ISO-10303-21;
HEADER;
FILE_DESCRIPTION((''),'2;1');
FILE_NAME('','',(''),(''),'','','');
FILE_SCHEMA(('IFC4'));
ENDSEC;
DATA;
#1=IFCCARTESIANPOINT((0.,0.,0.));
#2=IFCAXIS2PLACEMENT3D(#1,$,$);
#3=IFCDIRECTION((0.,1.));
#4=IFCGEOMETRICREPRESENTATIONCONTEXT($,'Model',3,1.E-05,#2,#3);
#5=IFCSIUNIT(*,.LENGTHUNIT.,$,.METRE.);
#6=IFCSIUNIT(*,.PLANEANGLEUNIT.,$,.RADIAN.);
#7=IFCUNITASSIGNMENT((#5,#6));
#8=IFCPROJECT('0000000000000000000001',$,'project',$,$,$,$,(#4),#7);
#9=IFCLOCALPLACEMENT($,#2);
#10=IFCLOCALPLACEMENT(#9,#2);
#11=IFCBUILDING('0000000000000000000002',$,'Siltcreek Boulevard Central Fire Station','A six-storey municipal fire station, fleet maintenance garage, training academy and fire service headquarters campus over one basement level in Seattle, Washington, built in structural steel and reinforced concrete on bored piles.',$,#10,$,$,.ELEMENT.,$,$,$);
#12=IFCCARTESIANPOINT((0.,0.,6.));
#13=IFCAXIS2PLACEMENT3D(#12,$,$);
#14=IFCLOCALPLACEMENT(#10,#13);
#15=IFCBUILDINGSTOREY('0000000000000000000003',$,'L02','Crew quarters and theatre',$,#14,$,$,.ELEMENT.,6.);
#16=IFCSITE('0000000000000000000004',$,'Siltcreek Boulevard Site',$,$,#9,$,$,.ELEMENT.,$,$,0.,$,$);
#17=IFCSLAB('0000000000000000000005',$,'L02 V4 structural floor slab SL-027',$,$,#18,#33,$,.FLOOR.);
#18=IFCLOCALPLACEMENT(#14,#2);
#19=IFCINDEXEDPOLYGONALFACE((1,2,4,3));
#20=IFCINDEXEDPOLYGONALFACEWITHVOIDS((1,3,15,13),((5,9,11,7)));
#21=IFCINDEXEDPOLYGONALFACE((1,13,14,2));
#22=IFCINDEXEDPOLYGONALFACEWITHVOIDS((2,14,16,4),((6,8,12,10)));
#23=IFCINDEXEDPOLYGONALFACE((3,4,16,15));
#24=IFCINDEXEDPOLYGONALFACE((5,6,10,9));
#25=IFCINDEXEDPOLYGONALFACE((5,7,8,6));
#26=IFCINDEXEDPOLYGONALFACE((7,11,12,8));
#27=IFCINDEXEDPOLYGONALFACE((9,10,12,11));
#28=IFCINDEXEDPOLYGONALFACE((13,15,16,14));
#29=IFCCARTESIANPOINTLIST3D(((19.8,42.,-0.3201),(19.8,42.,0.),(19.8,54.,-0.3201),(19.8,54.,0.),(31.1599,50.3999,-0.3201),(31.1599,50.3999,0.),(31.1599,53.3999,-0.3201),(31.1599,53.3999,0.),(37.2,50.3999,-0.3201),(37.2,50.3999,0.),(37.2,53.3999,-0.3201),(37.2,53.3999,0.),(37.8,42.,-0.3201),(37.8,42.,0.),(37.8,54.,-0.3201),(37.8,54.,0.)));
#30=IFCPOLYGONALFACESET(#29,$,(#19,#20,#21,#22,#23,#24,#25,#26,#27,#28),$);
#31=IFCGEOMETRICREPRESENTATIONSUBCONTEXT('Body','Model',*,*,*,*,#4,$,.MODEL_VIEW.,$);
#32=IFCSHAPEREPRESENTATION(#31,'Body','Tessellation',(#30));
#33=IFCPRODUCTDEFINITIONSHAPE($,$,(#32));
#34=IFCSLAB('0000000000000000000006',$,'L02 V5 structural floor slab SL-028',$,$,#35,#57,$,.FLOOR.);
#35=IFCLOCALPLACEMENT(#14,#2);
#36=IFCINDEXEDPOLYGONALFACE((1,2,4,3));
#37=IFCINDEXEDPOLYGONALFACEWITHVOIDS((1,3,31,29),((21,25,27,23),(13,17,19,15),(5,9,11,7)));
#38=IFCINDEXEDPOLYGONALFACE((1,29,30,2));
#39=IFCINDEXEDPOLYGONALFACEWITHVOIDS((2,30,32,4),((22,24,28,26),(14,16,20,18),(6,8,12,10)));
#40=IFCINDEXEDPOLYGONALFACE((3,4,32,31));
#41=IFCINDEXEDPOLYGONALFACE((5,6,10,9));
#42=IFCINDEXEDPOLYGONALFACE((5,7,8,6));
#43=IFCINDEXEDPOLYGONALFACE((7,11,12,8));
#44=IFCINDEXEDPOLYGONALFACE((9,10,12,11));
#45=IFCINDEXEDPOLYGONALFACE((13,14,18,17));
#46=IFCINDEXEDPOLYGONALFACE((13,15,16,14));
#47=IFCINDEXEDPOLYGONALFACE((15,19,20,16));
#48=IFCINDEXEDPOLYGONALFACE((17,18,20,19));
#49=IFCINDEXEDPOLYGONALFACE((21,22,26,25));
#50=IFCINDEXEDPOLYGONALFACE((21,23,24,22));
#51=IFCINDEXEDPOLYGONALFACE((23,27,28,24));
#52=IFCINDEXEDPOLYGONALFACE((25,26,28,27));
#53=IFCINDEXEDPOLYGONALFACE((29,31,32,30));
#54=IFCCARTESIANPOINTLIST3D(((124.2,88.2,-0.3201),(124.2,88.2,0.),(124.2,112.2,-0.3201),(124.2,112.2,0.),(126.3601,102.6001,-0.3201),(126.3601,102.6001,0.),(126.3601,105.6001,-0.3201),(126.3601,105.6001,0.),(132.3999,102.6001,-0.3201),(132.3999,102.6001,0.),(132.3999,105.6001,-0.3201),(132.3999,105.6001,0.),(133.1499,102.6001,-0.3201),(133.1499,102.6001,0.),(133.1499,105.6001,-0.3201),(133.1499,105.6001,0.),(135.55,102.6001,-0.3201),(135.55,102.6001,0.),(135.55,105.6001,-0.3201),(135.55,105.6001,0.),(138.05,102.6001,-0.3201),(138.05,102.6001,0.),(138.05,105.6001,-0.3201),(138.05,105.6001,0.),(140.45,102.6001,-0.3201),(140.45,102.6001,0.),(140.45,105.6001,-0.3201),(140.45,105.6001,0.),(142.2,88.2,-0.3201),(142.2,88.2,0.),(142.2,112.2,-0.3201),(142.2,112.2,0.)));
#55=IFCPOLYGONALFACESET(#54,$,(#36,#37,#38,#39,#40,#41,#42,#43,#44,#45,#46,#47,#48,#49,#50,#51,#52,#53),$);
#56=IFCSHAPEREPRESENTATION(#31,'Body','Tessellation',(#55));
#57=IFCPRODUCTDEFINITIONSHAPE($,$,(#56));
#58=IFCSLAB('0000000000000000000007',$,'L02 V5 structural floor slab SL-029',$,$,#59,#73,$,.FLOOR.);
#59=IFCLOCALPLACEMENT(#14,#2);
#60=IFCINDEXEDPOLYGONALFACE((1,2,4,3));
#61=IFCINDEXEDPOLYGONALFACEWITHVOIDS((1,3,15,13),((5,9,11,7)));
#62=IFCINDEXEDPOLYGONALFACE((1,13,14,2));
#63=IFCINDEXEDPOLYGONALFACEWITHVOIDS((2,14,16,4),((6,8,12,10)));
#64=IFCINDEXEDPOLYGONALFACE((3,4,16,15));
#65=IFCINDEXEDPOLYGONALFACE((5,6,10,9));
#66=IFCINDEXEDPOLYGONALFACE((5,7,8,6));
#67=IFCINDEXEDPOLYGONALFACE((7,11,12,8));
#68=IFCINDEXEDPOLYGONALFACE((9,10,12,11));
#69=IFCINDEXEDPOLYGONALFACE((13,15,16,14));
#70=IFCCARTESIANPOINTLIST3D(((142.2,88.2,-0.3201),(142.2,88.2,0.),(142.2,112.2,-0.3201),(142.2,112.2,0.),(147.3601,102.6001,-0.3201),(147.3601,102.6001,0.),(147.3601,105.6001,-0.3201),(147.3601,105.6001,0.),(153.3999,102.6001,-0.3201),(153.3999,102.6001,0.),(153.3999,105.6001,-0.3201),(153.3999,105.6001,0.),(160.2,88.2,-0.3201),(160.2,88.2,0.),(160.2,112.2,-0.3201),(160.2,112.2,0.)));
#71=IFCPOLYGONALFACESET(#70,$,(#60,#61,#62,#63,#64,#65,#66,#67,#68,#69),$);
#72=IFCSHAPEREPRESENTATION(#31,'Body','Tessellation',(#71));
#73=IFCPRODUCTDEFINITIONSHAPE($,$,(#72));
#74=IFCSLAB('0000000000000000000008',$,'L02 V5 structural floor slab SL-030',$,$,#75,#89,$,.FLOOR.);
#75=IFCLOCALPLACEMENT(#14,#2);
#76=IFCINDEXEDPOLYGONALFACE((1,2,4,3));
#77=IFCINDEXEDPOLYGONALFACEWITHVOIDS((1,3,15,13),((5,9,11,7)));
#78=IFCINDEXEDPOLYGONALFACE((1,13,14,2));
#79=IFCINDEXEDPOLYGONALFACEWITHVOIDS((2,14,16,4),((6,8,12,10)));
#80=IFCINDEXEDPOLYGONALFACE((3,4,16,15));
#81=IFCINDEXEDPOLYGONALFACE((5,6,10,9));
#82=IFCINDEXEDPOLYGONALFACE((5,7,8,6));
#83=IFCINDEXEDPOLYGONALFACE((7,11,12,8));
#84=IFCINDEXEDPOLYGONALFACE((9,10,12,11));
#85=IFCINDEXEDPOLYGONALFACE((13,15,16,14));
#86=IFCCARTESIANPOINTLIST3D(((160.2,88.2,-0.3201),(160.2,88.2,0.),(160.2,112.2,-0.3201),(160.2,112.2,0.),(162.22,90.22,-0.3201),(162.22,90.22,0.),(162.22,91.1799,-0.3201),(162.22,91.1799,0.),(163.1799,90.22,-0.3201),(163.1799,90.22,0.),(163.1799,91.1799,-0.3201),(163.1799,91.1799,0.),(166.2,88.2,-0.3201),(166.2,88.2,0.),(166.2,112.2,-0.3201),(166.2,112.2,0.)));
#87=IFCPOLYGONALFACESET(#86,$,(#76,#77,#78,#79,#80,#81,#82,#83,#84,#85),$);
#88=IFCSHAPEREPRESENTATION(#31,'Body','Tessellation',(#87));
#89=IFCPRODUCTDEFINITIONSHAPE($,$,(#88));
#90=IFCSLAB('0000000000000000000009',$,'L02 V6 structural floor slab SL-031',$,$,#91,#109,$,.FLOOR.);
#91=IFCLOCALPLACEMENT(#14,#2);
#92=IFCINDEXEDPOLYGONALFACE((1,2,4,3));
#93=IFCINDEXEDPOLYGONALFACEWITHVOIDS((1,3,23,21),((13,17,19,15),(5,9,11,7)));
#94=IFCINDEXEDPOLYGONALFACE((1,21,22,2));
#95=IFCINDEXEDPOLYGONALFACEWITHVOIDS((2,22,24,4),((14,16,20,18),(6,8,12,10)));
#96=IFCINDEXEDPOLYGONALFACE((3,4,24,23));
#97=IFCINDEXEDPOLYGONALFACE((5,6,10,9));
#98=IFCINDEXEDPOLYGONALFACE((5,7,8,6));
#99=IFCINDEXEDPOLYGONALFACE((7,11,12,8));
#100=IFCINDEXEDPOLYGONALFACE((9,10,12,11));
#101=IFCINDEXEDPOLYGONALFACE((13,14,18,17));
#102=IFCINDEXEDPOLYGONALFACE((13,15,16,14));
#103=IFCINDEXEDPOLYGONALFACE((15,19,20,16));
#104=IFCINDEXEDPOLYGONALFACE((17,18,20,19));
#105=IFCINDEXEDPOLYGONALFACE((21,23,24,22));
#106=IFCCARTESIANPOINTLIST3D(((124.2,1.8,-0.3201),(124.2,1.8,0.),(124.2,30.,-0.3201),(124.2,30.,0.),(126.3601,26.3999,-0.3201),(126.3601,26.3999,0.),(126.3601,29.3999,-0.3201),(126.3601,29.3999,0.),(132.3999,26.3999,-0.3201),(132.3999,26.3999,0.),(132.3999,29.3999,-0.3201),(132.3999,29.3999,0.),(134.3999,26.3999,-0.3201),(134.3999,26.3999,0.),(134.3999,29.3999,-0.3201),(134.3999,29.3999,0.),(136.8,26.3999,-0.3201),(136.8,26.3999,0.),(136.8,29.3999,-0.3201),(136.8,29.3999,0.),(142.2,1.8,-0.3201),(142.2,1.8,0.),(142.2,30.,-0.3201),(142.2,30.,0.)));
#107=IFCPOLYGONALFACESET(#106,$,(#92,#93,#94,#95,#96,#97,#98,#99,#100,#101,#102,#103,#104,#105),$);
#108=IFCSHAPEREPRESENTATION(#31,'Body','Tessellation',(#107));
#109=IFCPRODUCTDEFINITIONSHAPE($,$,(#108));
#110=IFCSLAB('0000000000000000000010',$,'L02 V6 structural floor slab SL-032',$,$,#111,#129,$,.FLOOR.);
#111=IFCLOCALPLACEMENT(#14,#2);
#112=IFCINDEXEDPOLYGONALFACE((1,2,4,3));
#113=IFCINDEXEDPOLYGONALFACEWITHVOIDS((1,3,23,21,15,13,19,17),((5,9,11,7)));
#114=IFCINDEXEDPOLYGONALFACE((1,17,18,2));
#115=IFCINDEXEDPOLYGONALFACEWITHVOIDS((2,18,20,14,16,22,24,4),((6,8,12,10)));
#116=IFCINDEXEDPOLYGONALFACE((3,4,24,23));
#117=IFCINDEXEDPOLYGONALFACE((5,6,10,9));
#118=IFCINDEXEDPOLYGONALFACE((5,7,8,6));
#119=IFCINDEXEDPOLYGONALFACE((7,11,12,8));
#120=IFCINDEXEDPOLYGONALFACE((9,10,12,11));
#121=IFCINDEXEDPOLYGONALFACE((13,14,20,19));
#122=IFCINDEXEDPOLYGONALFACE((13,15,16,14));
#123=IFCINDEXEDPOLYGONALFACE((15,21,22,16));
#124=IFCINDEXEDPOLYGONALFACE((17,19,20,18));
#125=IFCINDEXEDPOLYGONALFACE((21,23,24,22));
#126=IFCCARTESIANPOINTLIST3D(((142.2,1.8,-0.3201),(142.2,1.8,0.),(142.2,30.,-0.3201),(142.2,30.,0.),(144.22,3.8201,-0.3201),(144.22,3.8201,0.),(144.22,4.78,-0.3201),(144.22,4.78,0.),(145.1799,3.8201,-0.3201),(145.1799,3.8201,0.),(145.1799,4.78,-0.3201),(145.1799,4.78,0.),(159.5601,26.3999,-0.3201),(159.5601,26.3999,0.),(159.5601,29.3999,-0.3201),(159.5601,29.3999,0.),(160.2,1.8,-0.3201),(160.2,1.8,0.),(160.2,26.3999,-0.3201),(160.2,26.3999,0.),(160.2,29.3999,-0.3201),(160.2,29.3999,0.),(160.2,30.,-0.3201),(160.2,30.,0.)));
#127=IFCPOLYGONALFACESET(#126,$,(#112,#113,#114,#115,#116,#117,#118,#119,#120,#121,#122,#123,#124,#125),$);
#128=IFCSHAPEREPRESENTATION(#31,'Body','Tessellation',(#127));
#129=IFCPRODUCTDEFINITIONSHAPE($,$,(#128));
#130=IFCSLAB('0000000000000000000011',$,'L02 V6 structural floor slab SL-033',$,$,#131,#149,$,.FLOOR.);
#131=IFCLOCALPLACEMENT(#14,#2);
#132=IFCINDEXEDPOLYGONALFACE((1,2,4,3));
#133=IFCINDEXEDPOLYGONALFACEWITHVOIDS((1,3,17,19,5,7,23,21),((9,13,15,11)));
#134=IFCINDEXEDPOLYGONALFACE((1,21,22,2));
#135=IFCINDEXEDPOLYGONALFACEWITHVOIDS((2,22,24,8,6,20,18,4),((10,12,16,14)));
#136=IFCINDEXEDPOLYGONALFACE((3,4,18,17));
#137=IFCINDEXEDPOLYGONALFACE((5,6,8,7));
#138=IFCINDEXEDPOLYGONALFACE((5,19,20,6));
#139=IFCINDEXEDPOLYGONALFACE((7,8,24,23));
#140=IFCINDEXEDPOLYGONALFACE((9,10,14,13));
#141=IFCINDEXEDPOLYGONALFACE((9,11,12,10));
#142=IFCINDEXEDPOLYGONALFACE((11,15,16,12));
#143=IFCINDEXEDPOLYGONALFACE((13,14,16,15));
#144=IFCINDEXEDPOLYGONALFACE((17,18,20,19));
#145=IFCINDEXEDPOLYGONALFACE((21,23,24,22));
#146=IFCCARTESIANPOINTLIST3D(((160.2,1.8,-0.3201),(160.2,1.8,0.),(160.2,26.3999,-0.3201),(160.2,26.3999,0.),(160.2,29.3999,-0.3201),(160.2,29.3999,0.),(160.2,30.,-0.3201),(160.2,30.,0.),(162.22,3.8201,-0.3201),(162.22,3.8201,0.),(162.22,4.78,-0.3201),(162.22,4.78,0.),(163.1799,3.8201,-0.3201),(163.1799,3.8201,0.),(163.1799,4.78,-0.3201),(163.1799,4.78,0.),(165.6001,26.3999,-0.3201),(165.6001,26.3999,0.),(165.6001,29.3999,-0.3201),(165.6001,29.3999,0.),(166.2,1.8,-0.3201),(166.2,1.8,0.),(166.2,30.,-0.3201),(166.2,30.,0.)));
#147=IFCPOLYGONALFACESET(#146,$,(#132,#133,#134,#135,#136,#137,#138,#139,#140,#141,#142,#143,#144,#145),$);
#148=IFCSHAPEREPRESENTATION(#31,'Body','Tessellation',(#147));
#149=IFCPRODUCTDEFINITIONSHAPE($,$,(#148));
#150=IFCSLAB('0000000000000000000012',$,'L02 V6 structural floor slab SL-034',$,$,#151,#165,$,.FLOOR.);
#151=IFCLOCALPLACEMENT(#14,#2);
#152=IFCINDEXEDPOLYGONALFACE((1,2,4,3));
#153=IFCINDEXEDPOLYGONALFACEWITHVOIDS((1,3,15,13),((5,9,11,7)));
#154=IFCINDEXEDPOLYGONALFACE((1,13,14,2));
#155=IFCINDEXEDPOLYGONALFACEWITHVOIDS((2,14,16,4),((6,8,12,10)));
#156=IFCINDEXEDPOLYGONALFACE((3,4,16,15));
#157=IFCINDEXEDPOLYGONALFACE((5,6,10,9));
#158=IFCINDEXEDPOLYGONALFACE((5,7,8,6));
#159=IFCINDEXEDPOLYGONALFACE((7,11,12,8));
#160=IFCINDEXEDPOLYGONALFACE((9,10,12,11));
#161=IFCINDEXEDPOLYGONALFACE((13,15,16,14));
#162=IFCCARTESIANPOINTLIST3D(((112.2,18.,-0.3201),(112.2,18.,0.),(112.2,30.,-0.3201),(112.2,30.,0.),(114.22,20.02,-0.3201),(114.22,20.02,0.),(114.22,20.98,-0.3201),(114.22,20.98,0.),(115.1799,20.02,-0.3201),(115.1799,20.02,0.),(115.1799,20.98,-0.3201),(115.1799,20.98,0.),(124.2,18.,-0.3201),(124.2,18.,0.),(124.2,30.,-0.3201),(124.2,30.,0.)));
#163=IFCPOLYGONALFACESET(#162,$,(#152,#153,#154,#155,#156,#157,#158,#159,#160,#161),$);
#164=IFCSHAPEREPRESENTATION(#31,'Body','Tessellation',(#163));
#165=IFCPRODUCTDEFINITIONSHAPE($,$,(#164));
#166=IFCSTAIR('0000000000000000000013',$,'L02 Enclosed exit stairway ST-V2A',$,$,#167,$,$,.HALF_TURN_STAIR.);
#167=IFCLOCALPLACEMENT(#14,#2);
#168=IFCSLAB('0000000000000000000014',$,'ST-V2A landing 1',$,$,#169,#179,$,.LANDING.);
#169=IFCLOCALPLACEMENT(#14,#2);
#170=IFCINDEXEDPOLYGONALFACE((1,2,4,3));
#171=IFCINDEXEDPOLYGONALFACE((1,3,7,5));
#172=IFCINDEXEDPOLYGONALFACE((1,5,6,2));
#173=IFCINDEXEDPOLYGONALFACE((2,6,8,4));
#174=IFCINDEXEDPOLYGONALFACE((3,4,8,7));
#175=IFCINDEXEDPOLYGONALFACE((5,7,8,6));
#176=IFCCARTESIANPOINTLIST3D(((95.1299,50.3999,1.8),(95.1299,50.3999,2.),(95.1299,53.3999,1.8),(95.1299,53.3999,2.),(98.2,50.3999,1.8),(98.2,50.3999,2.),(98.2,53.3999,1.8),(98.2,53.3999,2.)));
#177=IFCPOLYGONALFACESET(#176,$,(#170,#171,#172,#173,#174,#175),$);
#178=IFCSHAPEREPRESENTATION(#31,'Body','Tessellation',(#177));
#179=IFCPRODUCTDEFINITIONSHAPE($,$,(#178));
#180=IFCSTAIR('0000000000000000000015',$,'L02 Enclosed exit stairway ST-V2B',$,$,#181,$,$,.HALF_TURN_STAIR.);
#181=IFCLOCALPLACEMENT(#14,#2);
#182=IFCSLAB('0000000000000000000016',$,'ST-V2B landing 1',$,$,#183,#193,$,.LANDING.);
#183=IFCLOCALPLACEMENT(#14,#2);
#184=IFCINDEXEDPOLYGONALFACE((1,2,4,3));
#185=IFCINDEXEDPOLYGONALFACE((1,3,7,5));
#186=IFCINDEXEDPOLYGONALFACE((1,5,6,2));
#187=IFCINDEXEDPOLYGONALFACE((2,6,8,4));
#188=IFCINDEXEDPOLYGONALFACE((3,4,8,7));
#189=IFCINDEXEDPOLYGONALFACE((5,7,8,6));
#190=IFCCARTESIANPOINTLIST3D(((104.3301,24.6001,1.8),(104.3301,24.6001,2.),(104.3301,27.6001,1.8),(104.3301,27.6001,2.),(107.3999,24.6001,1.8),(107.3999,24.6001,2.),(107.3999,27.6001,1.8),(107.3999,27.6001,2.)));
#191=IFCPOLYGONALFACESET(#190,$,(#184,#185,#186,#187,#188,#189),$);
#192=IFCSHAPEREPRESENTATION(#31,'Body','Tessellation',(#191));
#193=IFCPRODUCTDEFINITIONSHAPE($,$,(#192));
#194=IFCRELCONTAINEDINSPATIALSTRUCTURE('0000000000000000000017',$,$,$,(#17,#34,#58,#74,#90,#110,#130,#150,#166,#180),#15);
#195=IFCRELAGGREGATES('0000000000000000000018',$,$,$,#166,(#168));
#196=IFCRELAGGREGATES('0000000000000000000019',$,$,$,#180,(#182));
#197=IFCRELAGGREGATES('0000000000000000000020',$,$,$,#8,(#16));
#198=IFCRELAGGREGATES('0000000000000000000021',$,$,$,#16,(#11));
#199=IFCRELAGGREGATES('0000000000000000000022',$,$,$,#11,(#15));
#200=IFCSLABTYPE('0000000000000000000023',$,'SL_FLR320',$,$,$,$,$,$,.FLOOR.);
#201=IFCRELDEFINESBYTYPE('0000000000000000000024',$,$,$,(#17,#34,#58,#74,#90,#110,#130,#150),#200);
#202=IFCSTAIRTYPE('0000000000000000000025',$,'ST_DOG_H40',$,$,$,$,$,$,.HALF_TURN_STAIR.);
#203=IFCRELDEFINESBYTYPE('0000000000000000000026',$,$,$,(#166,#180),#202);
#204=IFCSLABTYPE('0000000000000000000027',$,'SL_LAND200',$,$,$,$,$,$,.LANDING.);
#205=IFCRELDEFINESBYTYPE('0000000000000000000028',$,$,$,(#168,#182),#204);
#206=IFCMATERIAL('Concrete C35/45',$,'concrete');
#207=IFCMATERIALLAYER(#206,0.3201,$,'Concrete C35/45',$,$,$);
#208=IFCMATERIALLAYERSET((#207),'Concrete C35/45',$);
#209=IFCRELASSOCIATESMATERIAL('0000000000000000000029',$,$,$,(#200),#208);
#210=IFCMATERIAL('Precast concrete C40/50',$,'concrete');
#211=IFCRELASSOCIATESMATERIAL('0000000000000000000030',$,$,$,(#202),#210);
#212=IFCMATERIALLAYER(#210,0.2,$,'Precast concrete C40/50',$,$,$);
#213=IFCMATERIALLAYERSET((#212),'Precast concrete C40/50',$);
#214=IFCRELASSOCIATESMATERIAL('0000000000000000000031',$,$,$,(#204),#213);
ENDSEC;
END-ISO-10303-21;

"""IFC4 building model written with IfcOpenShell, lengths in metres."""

from ifc_helpers import new_model, si_unit, direction, frame, origin, place, context, subcontext, project, spatial, polyline, outline, extrude, material, layer, layer_set, type_object, element, aggregate, save


model = new_model("IFC4")

# Units and contexts
model_context = context("Model", 3, precision=1e-05, world=origin(), true_north=direction((0.0, 1.0)))
body_context = subcontext(model_context, "Body", "Model", "MODEL_VIEW")
ifc_project = project(units=[si_unit("LENGTHUNIT", "METRE"), si_unit("PLANEANGLEUNIT", "RADIAN")], contexts=[model_context])

# Site, building, storey
site_placement = place(None, origin())
site = spatial("IfcSite", under=ifc_project, at=site_placement, Name="Siltcreek Boulevard Site", CompositionType="ELEMENT", RefElevation=0.0)
building_placement = place(site_placement, origin())
building = spatial("IfcBuilding", under=site, at=building_placement, Name="Siltcreek Boulevard Central Fire Station", Description="A six-storey municipal fire station, fleet maintenance garage, training academy and fire service headquarters campus over one basement level in Seattle, Washington, built in structural steel and reinforced concrete on bored piles.", CompositionType="ELEMENT")
storey_placement = place(building_placement, frame((0.0, 0.0, 6.0)))
storey = spatial("IfcBuildingStorey", under=building, at=storey_placement, Name="L02", Description="Crew quarters and theatre", CompositionType="ELEMENT", Elevation=6.0)

# Slabs
ifc_material_1 = material(Name="Concrete C35/45", Category="concrete")
ifc_layer_1 = layer(ifc_material_1, 0.3201, Name="Concrete C35/45")
ifc_layer_set_1 = layer_set([ifc_layer_1], Name="Concrete C35/45")
slab_type_1 = type_object("IfcSlabType", Name="SL_FLR320", PredefinedType="FLOOR", material=ifc_layer_set_1)
slab_1_placement = place(storey_placement, frame((0.0, 0.0, -0.3201)))
element("IfcSlab", 1, at=slab_1_placement, inside=storey, type_object=slab_type_1, Name="L02 V4 structural floor slab SL-027", PredefinedType="FLOOR", context=body_context, shape_type="SweptSolid", body=[
    extrude(outline(polyline([(19.8, 54.0), (37.8, 54.0), (37.8, 42.0), (19.8, 42.0), (19.8, 54.0)]), holes=[polyline([(31.1599, 50.3999), (37.2, 50.3999), (37.2, 53.3999), (31.1599, 53.3999), (31.1599, 50.3999)])]), origin(), (0.0, 0.0, 1.0), 0.3201),
])
slab_2_placement = place(storey_placement, frame((0.0, 0.0, -0.3201)))
element("IfcSlab", 2, at=slab_2_placement, inside=storey, type_object=slab_type_1, Name="L02 V5 structural floor slab SL-028", PredefinedType="FLOOR", context=body_context, shape_type="SweptSolid", body=[
    extrude(outline(polyline([(124.2, 112.2), (142.2, 112.2), (142.2, 88.2), (124.2, 88.2), (124.2, 112.2)]), holes=[polyline([(126.3601, 102.6001), (132.3999, 102.6001), (132.3999, 105.6001), (126.3601, 105.6001), (126.3601, 102.6001)]), polyline([(135.55, 102.6001), (135.55, 105.6001), (133.1499, 105.6001), (133.1499, 102.6001), (135.55, 102.6001)]), polyline([(138.05, 102.6001), (140.45, 102.6001), (140.45, 105.6001), (138.05, 105.6001), (138.05, 102.6001)])]), origin(), (0.0, 0.0, 1.0), 0.3201),
])
slab_3_placement = place(storey_placement, frame((0.0, 0.0, -0.3201)))
element("IfcSlab", 3, at=slab_3_placement, inside=storey, type_object=slab_type_1, Name="L02 V5 structural floor slab SL-029", PredefinedType="FLOOR", context=body_context, shape_type="SweptSolid", body=[
    extrude(outline(polyline([(142.2, 112.2), (160.2, 112.2), (160.2, 88.2), (142.2, 88.2), (142.2, 112.2)]), holes=[polyline([(147.3601, 102.6001), (153.3999, 102.6001), (153.3999, 105.6001), (147.3601, 105.6001), (147.3601, 102.6001)])]), origin(), (0.0, 0.0, 1.0), 0.3201),
])
slab_4_placement = place(storey_placement, frame((0.0, 0.0, -0.3201)))
element("IfcSlab", 4, at=slab_4_placement, inside=storey, type_object=slab_type_1, Name="L02 V5 structural floor slab SL-030", PredefinedType="FLOOR", context=body_context, shape_type="SweptSolid", body=[
    extrude(outline(polyline([(166.2, 112.2), (166.2, 88.2), (160.2, 88.2), (160.2, 112.2), (166.2, 112.2)]), holes=[polyline([(163.1799, 91.1799), (162.22, 91.1799), (162.22, 90.22), (163.1799, 90.22), (163.1799, 91.1799)])]), origin(), (0.0, 0.0, 1.0), 0.3201),
])
slab_5_placement = place(storey_placement, frame((0.0, 0.0, -0.3201)))
element("IfcSlab", 5, at=slab_5_placement, inside=storey, type_object=slab_type_1, Name="L02 V6 structural floor slab SL-031", PredefinedType="FLOOR", context=body_context, shape_type="SweptSolid", body=[
    extrude(outline(polyline([(124.2, 30.0), (142.2, 30.0), (142.2, 1.8), (124.2, 1.8), (124.2, 30.0)]), holes=[polyline([(132.3999, 26.3999), (132.3999, 29.3999), (126.3601, 29.3999), (126.3601, 26.3999), (132.3999, 26.3999)]), polyline([(136.8, 26.3999), (136.8, 29.3999), (134.3999, 29.3999), (134.3999, 26.3999), (136.8, 26.3999)])]), origin(), (0.0, 0.0, 1.0), 0.3201),
])
slab_6_placement = place(storey_placement, frame((0.0, 0.0, -0.3201)))
element("IfcSlab", 6, at=slab_6_placement, inside=storey, type_object=slab_type_1, Name="L02 V6 structural floor slab SL-032", PredefinedType="FLOOR", context=body_context, shape_type="SweptSolid", body=[
    extrude(outline(polyline([(142.2, 1.8), (142.2, 30.0), (160.2, 30.0), (160.2, 29.3999), (159.5601, 29.3999), (159.5601, 26.3999), (160.2, 26.3999), (160.2, 1.8), (142.2, 1.8)]), holes=[polyline([(145.1799, 4.78), (144.22, 4.78), (144.22, 3.8201), (145.1799, 3.8201), (145.1799, 4.78)])]), origin(), (0.0, 0.0, 1.0), 0.3201),
])
slab_7_placement = place(storey_placement, frame((0.0, 0.0, -0.3201)))
element("IfcSlab", 7, at=slab_7_placement, inside=storey, type_object=slab_type_1, Name="L02 V6 structural floor slab SL-033", PredefinedType="FLOOR", context=body_context, shape_type="SweptSolid", body=[
    extrude(outline(polyline([(166.2, 30.0), (166.2, 1.8), (160.2, 1.8), (160.2, 26.3999), (165.6001, 26.3999), (165.6001, 29.3999), (160.2, 29.3999), (160.2, 30.0), (166.2, 30.0)]), holes=[polyline([(163.1799, 4.78), (162.22, 4.78), (162.22, 3.8201), (163.1799, 3.8201), (163.1799, 4.78)])]), origin(), (0.0, 0.0, 1.0), 0.3201),
])
slab_8_placement = place(storey_placement, frame((0.0, 0.0, -0.3201)))
element("IfcSlab", 8, at=slab_8_placement, inside=storey, type_object=slab_type_1, Name="L02 V6 structural floor slab SL-034", PredefinedType="FLOOR", context=body_context, shape_type="SweptSolid", body=[
    extrude(outline(polyline([(124.2, 30.0), (124.2, 18.0), (112.2, 18.0), (112.2, 30.0), (124.2, 30.0)]), holes=[polyline([(115.1799, 20.98), (114.22, 20.98), (114.22, 20.02), (115.1799, 20.02), (115.1799, 20.98)])]), origin(), (0.0, 0.0, 1.0), 0.3201),
])

# Stairs, slabs
ifc_material_2 = material(Name="Precast concrete C40/50", Category="concrete")
stair_type = type_object("IfcStairType", Name="ST_DOG_H40", PredefinedType="HALF_TURN_STAIR", material=ifc_material_2)
stair_1_placement = place(storey_placement, origin())
stair_1 = element("IfcStair", 9, at=stair_1_placement, inside=storey, type_object=stair_type, Name="L02 Enclosed exit stairway ST-V2A", PredefinedType="HALF_TURN_STAIR")
ifc_layer_2 = layer(ifc_material_2, 0.2, Name="Precast concrete C40/50")
ifc_layer_set_2 = layer_set([ifc_layer_2], Name="Precast concrete C40/50")
slab_type_2 = type_object("IfcSlabType", Name="SL_LAND200", PredefinedType="LANDING", material=ifc_layer_set_2)
slab_9_placement = place(storey_placement, frame((0.0, 0.0, 1.8)))
slab_9 = element("IfcSlab", 10, at=slab_9_placement, type_object=slab_type_2, Name="ST-V2A landing 1", PredefinedType="LANDING", context=body_context, shape_type="SweptSolid", body=[
    extrude(outline(polyline([(95.1299, 50.3999), (98.2, 50.3999), (98.2, 53.3999), (95.1299, 53.3999), (95.1299, 50.3999)])), origin(), (0.0, 0.0, 1.0), 0.2),
])
aggregate(stair_1, [slab_9])
stair_2_placement = place(storey_placement, origin())
stair_2 = element("IfcStair", 11, at=stair_2_placement, inside=storey, type_object=stair_type, Name="L02 Enclosed exit stairway ST-V2B", PredefinedType="HALF_TURN_STAIR")
slab_10_placement = place(storey_placement, frame((0.0, 0.0, 1.8)))
slab_10 = element("IfcSlab", 12, at=slab_10_placement, type_object=slab_type_2, Name="ST-V2B landing 1", PredefinedType="LANDING", context=body_context, shape_type="SweptSolid", body=[
    extrude(outline(polyline([(104.3301, 24.6001), (107.3999, 24.6001), (107.3999, 27.6001), (104.3301, 27.6001), (104.3301, 24.6001)])), origin(), (0.0, 0.0, 1.0), 0.2),
])
aggregate(stair_2, [slab_10])

save(model, "model.ifc")
